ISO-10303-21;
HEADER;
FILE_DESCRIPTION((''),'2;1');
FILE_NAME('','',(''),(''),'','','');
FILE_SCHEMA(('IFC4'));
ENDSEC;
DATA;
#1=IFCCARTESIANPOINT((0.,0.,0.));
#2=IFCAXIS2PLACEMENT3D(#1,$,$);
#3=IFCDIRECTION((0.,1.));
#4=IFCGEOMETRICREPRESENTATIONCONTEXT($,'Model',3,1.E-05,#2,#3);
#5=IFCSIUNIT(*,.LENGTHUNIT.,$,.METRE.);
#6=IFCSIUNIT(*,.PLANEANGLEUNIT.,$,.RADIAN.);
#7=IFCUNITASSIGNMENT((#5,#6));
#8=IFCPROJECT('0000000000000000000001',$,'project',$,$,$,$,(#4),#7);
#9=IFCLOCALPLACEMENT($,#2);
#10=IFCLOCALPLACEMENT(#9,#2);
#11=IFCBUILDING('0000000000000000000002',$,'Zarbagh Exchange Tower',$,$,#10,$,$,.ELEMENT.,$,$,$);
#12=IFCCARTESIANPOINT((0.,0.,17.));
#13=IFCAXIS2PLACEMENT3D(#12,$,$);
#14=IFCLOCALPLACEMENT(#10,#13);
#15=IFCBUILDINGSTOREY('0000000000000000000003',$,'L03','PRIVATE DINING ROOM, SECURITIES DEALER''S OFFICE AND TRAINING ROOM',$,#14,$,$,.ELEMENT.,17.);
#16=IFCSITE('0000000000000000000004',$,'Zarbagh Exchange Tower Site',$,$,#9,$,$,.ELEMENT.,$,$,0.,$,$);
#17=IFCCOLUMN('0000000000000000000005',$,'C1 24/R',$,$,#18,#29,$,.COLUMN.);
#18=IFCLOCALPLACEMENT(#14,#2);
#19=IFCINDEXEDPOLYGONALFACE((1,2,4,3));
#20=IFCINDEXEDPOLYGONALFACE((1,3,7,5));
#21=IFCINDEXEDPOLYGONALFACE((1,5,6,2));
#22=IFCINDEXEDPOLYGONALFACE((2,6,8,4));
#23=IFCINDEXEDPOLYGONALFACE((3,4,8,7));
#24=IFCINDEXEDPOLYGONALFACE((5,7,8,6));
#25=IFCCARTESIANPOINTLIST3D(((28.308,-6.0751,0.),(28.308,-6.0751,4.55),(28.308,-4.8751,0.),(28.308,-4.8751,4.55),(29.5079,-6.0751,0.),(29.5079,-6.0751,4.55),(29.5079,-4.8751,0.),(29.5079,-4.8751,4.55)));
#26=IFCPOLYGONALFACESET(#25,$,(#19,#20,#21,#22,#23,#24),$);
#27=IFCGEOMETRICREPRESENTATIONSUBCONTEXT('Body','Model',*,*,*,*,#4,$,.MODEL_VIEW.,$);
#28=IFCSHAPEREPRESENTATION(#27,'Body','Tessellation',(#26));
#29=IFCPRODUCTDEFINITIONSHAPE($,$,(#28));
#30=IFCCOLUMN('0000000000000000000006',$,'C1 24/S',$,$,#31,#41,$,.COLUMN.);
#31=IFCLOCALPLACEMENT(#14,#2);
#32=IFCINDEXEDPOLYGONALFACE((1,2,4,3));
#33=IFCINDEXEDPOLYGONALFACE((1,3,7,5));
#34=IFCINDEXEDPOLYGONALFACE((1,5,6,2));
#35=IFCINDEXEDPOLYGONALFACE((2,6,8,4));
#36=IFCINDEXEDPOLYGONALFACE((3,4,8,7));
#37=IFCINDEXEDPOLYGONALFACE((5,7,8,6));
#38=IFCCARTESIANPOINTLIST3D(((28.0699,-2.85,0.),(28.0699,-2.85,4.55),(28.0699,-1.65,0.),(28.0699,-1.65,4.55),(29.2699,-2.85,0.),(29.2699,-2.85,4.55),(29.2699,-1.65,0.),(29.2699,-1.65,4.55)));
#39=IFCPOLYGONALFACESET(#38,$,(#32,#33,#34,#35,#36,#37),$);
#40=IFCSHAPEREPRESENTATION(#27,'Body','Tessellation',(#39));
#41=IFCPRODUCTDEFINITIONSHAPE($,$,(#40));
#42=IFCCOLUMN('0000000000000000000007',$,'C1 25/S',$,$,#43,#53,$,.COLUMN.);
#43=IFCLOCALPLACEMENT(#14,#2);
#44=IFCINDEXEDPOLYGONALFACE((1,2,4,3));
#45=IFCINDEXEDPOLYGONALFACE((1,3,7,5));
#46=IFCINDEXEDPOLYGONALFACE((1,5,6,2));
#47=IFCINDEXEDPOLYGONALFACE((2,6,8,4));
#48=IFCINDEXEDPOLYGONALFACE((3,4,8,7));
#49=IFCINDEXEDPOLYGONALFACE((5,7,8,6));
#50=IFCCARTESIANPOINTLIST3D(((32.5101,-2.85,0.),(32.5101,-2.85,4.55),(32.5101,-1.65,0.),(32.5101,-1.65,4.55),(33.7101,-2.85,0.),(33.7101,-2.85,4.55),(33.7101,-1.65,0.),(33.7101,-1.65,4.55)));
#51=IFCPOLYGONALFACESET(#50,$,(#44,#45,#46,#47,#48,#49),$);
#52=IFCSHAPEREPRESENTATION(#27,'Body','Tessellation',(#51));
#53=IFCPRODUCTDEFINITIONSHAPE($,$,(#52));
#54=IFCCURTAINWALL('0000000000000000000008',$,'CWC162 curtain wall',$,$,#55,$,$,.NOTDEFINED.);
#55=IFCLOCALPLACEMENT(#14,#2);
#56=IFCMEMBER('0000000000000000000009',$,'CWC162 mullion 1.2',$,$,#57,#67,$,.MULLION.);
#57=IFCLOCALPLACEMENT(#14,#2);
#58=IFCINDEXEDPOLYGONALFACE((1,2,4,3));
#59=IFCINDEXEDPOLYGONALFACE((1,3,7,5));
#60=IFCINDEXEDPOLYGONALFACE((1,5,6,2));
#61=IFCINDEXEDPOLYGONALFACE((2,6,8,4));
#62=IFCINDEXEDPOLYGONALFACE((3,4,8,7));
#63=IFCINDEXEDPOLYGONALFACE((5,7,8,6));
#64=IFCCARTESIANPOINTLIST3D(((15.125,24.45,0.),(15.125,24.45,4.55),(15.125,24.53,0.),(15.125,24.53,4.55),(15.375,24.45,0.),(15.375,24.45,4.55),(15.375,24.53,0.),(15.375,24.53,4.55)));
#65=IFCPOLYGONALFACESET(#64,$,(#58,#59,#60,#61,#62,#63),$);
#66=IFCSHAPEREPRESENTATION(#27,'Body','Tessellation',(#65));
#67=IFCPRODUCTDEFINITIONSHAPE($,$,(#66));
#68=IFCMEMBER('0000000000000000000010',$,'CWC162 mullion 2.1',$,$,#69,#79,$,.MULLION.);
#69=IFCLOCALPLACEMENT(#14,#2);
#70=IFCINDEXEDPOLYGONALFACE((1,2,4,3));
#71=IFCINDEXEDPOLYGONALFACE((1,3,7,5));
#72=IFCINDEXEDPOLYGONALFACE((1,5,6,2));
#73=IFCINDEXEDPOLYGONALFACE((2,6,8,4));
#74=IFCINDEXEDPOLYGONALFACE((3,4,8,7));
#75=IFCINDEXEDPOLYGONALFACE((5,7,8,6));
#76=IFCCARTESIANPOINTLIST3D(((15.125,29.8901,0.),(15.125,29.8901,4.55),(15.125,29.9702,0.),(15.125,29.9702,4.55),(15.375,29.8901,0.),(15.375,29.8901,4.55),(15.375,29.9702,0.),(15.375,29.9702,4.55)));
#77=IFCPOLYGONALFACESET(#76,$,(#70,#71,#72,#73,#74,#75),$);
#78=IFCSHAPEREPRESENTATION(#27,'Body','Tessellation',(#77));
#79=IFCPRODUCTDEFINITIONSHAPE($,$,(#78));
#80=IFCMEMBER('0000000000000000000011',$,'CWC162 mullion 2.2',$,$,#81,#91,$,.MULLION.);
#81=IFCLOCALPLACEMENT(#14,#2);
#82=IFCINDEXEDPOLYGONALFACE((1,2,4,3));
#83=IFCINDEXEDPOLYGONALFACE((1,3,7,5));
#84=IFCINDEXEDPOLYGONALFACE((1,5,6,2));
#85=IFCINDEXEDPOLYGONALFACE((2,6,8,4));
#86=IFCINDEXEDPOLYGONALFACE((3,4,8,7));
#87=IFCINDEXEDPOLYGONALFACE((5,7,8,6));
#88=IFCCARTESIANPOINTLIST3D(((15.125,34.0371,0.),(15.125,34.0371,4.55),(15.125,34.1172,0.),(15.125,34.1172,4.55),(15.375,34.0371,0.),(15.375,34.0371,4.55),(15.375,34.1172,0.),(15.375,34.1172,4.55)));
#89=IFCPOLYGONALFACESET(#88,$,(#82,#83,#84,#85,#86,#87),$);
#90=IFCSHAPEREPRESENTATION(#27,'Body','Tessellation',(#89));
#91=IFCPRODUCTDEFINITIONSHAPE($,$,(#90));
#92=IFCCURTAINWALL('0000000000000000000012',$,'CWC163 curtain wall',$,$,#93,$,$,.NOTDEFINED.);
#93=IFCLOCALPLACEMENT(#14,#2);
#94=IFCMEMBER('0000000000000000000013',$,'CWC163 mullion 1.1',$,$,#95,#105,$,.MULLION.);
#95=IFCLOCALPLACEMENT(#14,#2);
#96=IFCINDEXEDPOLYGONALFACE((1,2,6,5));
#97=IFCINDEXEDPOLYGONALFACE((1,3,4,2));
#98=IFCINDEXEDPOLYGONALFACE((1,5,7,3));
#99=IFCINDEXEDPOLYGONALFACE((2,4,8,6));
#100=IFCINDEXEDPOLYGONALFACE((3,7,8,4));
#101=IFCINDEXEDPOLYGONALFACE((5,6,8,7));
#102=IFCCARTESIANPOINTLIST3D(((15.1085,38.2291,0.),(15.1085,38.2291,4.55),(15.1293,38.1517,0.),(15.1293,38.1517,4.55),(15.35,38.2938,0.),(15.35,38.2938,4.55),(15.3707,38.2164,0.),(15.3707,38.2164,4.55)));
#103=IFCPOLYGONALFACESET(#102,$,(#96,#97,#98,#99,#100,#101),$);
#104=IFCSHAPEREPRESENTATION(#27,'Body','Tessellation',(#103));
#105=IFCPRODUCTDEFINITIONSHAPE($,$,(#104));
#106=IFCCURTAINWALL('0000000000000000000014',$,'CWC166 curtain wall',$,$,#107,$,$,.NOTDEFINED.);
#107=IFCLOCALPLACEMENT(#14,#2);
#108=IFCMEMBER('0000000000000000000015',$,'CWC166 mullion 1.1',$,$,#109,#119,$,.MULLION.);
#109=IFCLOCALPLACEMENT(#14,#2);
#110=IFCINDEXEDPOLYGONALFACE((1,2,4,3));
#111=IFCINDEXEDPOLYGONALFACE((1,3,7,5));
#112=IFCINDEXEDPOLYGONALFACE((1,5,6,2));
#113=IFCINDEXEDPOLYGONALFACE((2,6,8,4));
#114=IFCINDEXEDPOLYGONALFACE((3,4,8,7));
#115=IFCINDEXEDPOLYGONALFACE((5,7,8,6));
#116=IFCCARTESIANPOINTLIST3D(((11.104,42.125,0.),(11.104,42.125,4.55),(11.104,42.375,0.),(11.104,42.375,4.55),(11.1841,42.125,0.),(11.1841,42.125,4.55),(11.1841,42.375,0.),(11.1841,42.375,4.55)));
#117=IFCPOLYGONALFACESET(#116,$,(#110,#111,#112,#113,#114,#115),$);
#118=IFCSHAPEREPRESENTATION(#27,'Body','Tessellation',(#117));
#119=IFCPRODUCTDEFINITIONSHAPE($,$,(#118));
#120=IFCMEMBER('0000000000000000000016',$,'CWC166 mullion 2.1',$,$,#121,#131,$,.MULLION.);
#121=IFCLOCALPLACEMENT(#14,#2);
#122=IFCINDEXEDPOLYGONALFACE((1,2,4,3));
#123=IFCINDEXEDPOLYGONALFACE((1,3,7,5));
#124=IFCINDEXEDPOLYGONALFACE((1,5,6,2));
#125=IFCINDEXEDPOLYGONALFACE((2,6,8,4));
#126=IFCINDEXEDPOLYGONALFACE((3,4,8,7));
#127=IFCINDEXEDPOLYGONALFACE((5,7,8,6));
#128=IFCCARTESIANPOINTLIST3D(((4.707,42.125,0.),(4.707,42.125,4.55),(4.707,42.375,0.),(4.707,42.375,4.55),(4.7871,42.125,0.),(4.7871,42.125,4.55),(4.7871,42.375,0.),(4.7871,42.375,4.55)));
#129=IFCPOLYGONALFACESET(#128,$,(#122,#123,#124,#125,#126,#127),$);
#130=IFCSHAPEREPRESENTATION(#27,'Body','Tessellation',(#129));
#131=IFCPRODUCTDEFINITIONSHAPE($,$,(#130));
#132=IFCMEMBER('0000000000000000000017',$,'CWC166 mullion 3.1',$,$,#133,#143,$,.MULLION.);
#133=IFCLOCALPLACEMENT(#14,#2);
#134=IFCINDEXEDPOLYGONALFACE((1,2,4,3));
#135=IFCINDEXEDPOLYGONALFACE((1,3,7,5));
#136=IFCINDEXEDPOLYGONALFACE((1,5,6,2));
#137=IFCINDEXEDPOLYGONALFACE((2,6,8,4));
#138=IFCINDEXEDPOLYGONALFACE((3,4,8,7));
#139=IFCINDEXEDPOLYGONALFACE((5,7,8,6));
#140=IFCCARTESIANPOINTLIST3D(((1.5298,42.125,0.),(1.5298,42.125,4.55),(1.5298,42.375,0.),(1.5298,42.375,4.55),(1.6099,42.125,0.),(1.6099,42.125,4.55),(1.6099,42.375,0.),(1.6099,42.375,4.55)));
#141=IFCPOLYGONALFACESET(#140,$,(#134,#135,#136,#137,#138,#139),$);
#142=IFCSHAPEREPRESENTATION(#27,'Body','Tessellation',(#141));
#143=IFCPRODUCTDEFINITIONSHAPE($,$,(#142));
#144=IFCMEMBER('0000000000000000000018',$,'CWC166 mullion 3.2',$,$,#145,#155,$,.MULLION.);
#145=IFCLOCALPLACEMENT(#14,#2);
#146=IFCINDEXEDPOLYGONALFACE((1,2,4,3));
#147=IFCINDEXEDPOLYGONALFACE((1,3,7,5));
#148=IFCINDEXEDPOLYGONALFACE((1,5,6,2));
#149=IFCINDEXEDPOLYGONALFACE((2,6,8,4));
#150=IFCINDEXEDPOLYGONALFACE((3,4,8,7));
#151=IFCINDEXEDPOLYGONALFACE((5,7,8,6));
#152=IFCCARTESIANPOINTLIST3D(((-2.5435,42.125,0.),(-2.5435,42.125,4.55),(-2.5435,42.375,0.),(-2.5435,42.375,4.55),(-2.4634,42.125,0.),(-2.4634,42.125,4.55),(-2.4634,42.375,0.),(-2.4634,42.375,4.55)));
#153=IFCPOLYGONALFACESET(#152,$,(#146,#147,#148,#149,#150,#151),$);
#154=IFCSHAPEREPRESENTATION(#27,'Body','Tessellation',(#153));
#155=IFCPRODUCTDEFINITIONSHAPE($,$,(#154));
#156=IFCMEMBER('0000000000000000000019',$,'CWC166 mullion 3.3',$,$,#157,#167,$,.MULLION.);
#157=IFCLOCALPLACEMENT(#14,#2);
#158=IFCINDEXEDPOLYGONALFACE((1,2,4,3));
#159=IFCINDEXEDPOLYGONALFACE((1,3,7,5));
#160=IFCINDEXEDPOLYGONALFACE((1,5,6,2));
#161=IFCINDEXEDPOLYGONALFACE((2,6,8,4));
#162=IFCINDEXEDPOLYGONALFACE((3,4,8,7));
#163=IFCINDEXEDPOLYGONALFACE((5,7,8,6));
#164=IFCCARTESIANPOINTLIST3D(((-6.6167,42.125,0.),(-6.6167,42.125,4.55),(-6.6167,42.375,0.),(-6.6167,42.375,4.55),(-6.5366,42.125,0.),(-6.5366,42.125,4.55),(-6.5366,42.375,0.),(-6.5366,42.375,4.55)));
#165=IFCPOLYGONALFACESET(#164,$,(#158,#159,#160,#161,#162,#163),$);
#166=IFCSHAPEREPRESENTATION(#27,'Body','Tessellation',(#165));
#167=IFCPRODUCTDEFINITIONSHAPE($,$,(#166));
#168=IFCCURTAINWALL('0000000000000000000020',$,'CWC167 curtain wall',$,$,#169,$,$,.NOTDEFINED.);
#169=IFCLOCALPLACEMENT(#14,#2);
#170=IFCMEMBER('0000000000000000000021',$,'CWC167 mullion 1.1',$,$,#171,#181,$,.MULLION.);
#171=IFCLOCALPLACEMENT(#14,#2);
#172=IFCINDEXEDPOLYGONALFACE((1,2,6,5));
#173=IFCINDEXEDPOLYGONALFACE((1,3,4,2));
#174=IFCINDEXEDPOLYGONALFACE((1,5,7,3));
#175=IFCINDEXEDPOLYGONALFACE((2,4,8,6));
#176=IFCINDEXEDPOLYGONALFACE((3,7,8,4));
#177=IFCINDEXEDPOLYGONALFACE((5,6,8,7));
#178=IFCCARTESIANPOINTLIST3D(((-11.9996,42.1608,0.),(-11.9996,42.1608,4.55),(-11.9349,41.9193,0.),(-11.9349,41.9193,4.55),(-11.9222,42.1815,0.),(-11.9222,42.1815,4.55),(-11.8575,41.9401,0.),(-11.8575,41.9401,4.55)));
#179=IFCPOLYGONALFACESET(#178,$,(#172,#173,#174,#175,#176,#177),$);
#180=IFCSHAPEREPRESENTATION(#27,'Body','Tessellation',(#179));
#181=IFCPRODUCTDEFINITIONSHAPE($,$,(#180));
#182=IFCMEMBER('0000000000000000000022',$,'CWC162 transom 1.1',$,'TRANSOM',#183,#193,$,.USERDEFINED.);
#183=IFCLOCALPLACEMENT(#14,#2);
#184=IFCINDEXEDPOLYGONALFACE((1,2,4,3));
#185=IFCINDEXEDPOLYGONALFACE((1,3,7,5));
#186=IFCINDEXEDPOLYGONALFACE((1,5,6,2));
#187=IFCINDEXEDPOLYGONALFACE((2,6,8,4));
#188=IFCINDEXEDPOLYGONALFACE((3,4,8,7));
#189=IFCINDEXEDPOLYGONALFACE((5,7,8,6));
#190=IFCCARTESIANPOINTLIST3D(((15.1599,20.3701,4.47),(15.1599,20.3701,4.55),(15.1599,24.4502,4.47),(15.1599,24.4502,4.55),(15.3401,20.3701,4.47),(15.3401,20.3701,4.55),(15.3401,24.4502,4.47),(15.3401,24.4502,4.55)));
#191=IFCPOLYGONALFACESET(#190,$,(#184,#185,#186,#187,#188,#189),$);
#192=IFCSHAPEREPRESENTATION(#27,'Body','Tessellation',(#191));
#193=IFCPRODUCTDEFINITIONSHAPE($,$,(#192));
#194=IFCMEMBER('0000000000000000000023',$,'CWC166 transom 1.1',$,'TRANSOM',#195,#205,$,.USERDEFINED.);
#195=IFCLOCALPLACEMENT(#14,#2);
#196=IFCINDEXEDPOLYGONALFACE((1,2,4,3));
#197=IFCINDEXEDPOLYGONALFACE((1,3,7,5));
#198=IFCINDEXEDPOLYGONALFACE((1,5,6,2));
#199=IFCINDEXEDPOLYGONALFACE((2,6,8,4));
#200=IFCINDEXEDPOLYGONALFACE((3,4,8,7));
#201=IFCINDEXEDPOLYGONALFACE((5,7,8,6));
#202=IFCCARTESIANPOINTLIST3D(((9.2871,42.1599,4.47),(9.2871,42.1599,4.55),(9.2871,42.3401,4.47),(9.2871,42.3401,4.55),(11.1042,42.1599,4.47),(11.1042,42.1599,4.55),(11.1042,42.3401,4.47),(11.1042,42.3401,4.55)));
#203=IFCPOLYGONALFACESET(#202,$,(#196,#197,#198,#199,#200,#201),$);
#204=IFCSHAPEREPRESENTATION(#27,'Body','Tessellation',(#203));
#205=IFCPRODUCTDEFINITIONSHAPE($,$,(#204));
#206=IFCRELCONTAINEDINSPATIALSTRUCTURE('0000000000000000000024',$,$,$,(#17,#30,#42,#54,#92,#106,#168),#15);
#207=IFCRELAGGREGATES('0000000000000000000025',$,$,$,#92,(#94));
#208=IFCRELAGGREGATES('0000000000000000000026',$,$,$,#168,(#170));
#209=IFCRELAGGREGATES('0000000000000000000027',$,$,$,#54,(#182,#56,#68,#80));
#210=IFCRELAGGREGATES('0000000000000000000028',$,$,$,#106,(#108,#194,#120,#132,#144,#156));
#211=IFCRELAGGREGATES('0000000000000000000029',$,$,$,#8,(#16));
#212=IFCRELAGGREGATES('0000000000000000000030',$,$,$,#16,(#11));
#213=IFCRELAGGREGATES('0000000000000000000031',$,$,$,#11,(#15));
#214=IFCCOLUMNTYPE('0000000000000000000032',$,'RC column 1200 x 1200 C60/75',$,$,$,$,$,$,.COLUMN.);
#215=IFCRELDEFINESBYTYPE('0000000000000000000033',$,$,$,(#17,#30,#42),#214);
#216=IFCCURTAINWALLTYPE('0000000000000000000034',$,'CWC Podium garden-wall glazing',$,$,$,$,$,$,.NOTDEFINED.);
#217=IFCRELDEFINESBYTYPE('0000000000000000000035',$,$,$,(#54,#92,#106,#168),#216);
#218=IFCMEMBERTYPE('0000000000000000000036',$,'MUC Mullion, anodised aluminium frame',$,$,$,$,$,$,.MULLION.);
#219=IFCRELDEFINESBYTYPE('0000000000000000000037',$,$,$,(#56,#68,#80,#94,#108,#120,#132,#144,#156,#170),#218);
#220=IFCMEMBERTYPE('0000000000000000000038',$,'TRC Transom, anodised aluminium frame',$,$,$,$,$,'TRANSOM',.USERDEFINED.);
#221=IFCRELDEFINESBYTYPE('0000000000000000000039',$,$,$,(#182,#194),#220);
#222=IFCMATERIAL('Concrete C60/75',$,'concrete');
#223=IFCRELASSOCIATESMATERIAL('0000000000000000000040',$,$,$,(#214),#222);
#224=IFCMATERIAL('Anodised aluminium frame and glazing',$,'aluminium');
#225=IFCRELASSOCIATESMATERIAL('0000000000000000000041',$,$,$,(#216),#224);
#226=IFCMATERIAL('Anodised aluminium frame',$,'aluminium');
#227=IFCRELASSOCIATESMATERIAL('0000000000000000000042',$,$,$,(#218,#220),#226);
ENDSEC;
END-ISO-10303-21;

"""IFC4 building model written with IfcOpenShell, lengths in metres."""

from ifc_helpers import new_model, si_unit, direction, frame, origin, origin_2d, place, context, subcontext, project, spatial, polyline, rectangle, outline, extrude, source, transform, mapped, material, material_profile, profile_set, type_object, element, aggregate, save


model = new_model("IFC4")

# Units and contexts
model_context = context("Model", 3, precision=1e-05, world=origin(), true_north=direction((0.0, 1.0)))
body_context = subcontext(model_context, "Body", "Model", "MODEL_VIEW")
ifc_project = project(units=[si_unit("LENGTHUNIT", "METRE"), si_unit("PLANEANGLEUNIT", "RADIAN")], contexts=[model_context])

# Site, building, storey
site_placement = place(None, origin())
site = spatial("IfcSite", under=ifc_project, at=site_placement, Name="Zarbagh Exchange Tower Site", CompositionType="ELEMENT", RefElevation=0.0)
building_placement = place(site_placement, origin())
building = spatial("IfcBuilding", under=site, at=building_placement, Name="Zarbagh Exchange Tower", CompositionType="ELEMENT")
storey_placement = place(building_placement, frame((0.0, 0.0, 17.0)))
storey = spatial("IfcBuildingStorey", under=building, at=storey_placement, Name="L03", Description="PRIVATE DINING ROOM, SECURITIES DEALER'S OFFICE AND TRAINING ROOM", CompositionType="ELEMENT", Elevation=17.0)

# Columns
ifc_material_1 = material(Name="Concrete C60/75", Category="concrete")
ifc_material_profile = material_profile(ifc_material_1, rectangle(XDim=1.2, YDim=1.2, at=origin_2d()), Name="RC column 1200 x 1200 C60/75")
ifc_profile_set = profile_set([ifc_material_profile], Name="Concrete C60/75")
column_type = type_object("IfcColumnType", Name="RC column 1200 x 1200 C60/75", PredefinedType="COLUMN", material=ifc_profile_set)
for number, where, z_axis, x_axis, name in (
    (1, (28.908, -5.4751, 0.0), (0.0, 0.0, 1.0), (1.0, 0.0, 0.0), "C1 24/R"),
    (2, (28.6699, -2.25, 0.0), (0.0, 0.0, 1.0), (1.0, 0.0, 0.0), "C1 24/S"),
    (3, (33.1101, -2.25, 0.0), (0.0, 0.0, 1.0), (1.0, 0.0, 0.0), "C1 25/S"),
):
    element("IfcColumn", number, at=place(storey_placement, frame(where, z_axis=z_axis, x_axis=x_axis)), inside=storey, type_object=column_type, Name=name, PredefinedType="COLUMN", context=body_context, shape_type="SweptSolid", body=[
        extrude(rectangle(XDim=1.2, YDim=1.2, at=origin_2d()), origin(), (0.0, 0.0, 1.0), 4.55),
    ])

# Curtain wall, members
ifc_material_2 = material(Name="Anodised aluminium frame and glazing", Category="aluminium")
curtain_wall_type = type_object("IfcCurtainWallType", Name="CWC Podium garden-wall glazing", PredefinedType="NOTDEFINED", material=ifc_material_2)
curtain_wall_1_placement = place(storey_placement, origin())
curtain_wall_1 = element("IfcCurtainWall", 4, at=curtain_wall_1_placement, inside=storey, type_object=curtain_wall_type, Name="CWC162 curtain wall", PredefinedType="NOTDEFINED")
ifc_material_3 = material(Name="Anodised aluminium frame", Category="aluminium")
member_type_1 = type_object("IfcMemberType", Name="MUC Mullion, anodised aluminium frame", PredefinedType="MULLION", material=ifc_material_3)
shared_shape_1 = source(origin(), body_context, "Body", "SweptSolid", [
    extrude(outline(polyline([(0.0, -0.125), (0.0801, -0.125), (0.0801, 0.125), (0.0, 0.125), (0.0, -0.125)])), origin(), (0.0, 0.0, 1.0), 4.55),
])
placement = place(storey_placement, origin())
member_1 = element("IfcMember", 5, at=placement, type_object=member_type_1, Name="CWC162 mullion 1.2", PredefinedType="MULLION", context=body_context, shape_type="MappedRepresentation", body=[
    mapped(shared_shape_1, transform((15.25, 24.45, 0.0), x_axis=(0.0, 1.0, 0.0), y_axis=(-1.0, 0.0, 0.0), z_axis=(0.0, 0.0, 1.0))),
])
member_2 = element("IfcMember", 6, at=placement, type_object=member_type_1, Name="CWC162 mullion 2.1", PredefinedType="MULLION", context=body_context, shape_type="MappedRepresentation", body=[
    mapped(shared_shape_1, transform((15.25, 29.8901, 0.0), x_axis=(0.0, 1.0, 0.0), y_axis=(-1.0, 0.0, 0.0), z_axis=(0.0, 0.0, 1.0))),
])
member_3 = element("IfcMember", 7, at=placement, type_object=member_type_1, Name="CWC162 mullion 2.2", PredefinedType="MULLION", context=body_context, shape_type="MappedRepresentation", body=[
    mapped(shared_shape_1, transform((15.25, 34.0371, 0.0), x_axis=(0.0, 1.0, 0.0), y_axis=(-1.0, 0.0, 0.0), z_axis=(0.0, 0.0, 1.0))),
])

# Curtain wall, member
curtain_wall_2_placement = place(storey_placement, origin())
curtain_wall_2 = element("IfcCurtainWall", 8, at=curtain_wall_2_placement, inside=storey, type_object=curtain_wall_type, Name="CWC163 curtain wall", PredefinedType="NOTDEFINED")
member_4 = element("IfcMember", 9, at=placement, type_object=member_type_1, Name="CWC163 mullion 1.1", PredefinedType="MULLION", context=body_context, shape_type="MappedRepresentation", body=[
    mapped(shared_shape_1, transform((15.25, 38.1841, 0.0), x_axis=(-0.258825, 0.965924, 0.0), y_axis=(-0.965924, -0.258825, 0.0), z_axis=(0.0, 0.0, 1.0))),
])

# Curtain wall, members
curtain_wall_3_placement = place(storey_placement, origin())
curtain_wall_3 = element("IfcCurtainWall", 10, at=curtain_wall_3_placement, inside=storey, type_object=curtain_wall_type, Name="CWC166 curtain wall", PredefinedType="NOTDEFINED")
member_5 = element("IfcMember", 11, at=placement, type_object=member_type_1, Name="CWC166 mullion 1.1", PredefinedType="MULLION", context=body_context, shape_type="MappedRepresentation", body=[
    mapped(shared_shape_1, transform((11.1841, 42.25, 0.0), x_axis=(-1.0, 0.0, 0.0), y_axis=(0.0, -1.0, 0.0), z_axis=(0.0, 0.0, 1.0))),
])
member_6 = element("IfcMember", 12, at=placement, type_object=member_type_1, Name="CWC166 mullion 2.1", PredefinedType="MULLION", context=body_context, shape_type="MappedRepresentation", body=[
    mapped(shared_shape_1, transform((4.7871, 42.25, 0.0), x_axis=(-1.0, 0.0, 0.0), y_axis=(0.0, -1.0, 0.0), z_axis=(0.0, 0.0, 1.0))),
])
member_7 = element("IfcMember", 13, at=placement, type_object=member_type_1, Name="CWC166 mullion 3.1", PredefinedType="MULLION", context=body_context, shape_type="MappedRepresentation", body=[
    mapped(shared_shape_1, transform((1.6099, 42.25, 0.0), x_axis=(-1.0, 0.0, 0.0), y_axis=(0.0, -1.0, 0.0), z_axis=(0.0, 0.0, 1.0))),
])
member_8 = element("IfcMember", 14, at=placement, type_object=member_type_1, Name="CWC166 mullion 3.2", PredefinedType="MULLION", context=body_context, shape_type="MappedRepresentation", body=[
    mapped(shared_shape_1, transform((-2.4634, 42.25, 0.0), x_axis=(-1.0, 0.0, 0.0), y_axis=(0.0, -1.0, 0.0), z_axis=(0.0, 0.0, 1.0))),
])
member_9 = element("IfcMember", 15, at=placement, type_object=member_type_1, Name="CWC166 mullion 3.3", PredefinedType="MULLION", context=body_context, shape_type="MappedRepresentation", body=[
    mapped(shared_shape_1, transform((-6.5366, 42.25, 0.0), x_axis=(-1.0, 0.0, 0.0), y_axis=(0.0, -1.0, 0.0), z_axis=(0.0, 0.0, 1.0))),
])

# Curtain wall, member
curtain_wall_4_placement = place(storey_placement, origin())
curtain_wall_4 = element("IfcCurtainWall", 16, at=curtain_wall_4_placement, inside=storey, type_object=curtain_wall_type, Name="CWC167 curtain wall", PredefinedType="NOTDEFINED")
member_10 = element("IfcMember", 17, at=placement, type_object=member_type_1, Name="CWC167 mullion 1.1", PredefinedType="MULLION", context=body_context, shape_type="MappedRepresentation", body=[
    mapped(shared_shape_1, transform((-11.8899, 42.0608, 0.0), x_axis=(-0.965924, -0.258825, 0.0), y_axis=(0.258825, -0.965924, 0.0), z_axis=(0.0, 0.0, 1.0))),
])

# Members
member_type_2 = type_object("IfcMemberType", Name="TRC Transom, anodised aluminium frame", ElementType="TRANSOM", PredefinedType="USERDEFINED", material=ifc_material_3)
shared_shape_2 = source(origin(), body_context, "Body", "SweptSolid", [
    extrude(outline(polyline([(-0.0801, -0.0901), (0.0, -0.0901), (0.0, 0.0901), (-0.0801, 0.0901), (-0.0801, -0.0901)])), origin(), (0.0, 0.0, 1.0), 4.0801),
])
member_11 = element("IfcMember", 18, at=placement, type_object=member_type_2, Name="CWC162 transom 1.1", ObjectType="TRANSOM", PredefinedType="USERDEFINED", context=body_context, shape_type="MappedRepresentation", body=[
    mapped(shared_shape_2, transform((15.25, 20.3701, 4.55), x_axis=(0.0, 0.0, 1.0), y_axis=(1.0, 0.0, 0.0), z_axis=(0.0, 1.0, 0.0))),
])
shared_shape_3 = source(origin(), body_context, "Body", "SweptSolid", [
    extrude(outline(polyline([(-0.0801, -0.0901), (0.0, -0.0901), (0.0, 0.0901), (-0.0801, 0.0901), (-0.0801, -0.0901)])), origin(), (0.0, 0.0, 1.0), 1.8171),
])
member_12 = element("IfcMember", 19, at=placement, type_object=member_type_2, Name="CWC166 transom 1.1", ObjectType="TRANSOM", PredefinedType="USERDEFINED", context=body_context, shape_type="MappedRepresentation", body=[
    mapped(shared_shape_3, transform((11.1042, 42.25, 4.55), x_axis=(0.0, 0.0, 1.0), y_axis=(0.0, 1.0, 0.0), z_axis=(-1.0, 0.0, 0.0))),
])

aggregate(curtain_wall_2, [member_4])

aggregate(curtain_wall_4, [member_10])

aggregate(curtain_wall_1, [member_11, member_1, member_2, member_3])
aggregate(curtain_wall_3, [member_5, member_12, member_6, member_7, member_8, member_9])

save(model, "model.ifc")
